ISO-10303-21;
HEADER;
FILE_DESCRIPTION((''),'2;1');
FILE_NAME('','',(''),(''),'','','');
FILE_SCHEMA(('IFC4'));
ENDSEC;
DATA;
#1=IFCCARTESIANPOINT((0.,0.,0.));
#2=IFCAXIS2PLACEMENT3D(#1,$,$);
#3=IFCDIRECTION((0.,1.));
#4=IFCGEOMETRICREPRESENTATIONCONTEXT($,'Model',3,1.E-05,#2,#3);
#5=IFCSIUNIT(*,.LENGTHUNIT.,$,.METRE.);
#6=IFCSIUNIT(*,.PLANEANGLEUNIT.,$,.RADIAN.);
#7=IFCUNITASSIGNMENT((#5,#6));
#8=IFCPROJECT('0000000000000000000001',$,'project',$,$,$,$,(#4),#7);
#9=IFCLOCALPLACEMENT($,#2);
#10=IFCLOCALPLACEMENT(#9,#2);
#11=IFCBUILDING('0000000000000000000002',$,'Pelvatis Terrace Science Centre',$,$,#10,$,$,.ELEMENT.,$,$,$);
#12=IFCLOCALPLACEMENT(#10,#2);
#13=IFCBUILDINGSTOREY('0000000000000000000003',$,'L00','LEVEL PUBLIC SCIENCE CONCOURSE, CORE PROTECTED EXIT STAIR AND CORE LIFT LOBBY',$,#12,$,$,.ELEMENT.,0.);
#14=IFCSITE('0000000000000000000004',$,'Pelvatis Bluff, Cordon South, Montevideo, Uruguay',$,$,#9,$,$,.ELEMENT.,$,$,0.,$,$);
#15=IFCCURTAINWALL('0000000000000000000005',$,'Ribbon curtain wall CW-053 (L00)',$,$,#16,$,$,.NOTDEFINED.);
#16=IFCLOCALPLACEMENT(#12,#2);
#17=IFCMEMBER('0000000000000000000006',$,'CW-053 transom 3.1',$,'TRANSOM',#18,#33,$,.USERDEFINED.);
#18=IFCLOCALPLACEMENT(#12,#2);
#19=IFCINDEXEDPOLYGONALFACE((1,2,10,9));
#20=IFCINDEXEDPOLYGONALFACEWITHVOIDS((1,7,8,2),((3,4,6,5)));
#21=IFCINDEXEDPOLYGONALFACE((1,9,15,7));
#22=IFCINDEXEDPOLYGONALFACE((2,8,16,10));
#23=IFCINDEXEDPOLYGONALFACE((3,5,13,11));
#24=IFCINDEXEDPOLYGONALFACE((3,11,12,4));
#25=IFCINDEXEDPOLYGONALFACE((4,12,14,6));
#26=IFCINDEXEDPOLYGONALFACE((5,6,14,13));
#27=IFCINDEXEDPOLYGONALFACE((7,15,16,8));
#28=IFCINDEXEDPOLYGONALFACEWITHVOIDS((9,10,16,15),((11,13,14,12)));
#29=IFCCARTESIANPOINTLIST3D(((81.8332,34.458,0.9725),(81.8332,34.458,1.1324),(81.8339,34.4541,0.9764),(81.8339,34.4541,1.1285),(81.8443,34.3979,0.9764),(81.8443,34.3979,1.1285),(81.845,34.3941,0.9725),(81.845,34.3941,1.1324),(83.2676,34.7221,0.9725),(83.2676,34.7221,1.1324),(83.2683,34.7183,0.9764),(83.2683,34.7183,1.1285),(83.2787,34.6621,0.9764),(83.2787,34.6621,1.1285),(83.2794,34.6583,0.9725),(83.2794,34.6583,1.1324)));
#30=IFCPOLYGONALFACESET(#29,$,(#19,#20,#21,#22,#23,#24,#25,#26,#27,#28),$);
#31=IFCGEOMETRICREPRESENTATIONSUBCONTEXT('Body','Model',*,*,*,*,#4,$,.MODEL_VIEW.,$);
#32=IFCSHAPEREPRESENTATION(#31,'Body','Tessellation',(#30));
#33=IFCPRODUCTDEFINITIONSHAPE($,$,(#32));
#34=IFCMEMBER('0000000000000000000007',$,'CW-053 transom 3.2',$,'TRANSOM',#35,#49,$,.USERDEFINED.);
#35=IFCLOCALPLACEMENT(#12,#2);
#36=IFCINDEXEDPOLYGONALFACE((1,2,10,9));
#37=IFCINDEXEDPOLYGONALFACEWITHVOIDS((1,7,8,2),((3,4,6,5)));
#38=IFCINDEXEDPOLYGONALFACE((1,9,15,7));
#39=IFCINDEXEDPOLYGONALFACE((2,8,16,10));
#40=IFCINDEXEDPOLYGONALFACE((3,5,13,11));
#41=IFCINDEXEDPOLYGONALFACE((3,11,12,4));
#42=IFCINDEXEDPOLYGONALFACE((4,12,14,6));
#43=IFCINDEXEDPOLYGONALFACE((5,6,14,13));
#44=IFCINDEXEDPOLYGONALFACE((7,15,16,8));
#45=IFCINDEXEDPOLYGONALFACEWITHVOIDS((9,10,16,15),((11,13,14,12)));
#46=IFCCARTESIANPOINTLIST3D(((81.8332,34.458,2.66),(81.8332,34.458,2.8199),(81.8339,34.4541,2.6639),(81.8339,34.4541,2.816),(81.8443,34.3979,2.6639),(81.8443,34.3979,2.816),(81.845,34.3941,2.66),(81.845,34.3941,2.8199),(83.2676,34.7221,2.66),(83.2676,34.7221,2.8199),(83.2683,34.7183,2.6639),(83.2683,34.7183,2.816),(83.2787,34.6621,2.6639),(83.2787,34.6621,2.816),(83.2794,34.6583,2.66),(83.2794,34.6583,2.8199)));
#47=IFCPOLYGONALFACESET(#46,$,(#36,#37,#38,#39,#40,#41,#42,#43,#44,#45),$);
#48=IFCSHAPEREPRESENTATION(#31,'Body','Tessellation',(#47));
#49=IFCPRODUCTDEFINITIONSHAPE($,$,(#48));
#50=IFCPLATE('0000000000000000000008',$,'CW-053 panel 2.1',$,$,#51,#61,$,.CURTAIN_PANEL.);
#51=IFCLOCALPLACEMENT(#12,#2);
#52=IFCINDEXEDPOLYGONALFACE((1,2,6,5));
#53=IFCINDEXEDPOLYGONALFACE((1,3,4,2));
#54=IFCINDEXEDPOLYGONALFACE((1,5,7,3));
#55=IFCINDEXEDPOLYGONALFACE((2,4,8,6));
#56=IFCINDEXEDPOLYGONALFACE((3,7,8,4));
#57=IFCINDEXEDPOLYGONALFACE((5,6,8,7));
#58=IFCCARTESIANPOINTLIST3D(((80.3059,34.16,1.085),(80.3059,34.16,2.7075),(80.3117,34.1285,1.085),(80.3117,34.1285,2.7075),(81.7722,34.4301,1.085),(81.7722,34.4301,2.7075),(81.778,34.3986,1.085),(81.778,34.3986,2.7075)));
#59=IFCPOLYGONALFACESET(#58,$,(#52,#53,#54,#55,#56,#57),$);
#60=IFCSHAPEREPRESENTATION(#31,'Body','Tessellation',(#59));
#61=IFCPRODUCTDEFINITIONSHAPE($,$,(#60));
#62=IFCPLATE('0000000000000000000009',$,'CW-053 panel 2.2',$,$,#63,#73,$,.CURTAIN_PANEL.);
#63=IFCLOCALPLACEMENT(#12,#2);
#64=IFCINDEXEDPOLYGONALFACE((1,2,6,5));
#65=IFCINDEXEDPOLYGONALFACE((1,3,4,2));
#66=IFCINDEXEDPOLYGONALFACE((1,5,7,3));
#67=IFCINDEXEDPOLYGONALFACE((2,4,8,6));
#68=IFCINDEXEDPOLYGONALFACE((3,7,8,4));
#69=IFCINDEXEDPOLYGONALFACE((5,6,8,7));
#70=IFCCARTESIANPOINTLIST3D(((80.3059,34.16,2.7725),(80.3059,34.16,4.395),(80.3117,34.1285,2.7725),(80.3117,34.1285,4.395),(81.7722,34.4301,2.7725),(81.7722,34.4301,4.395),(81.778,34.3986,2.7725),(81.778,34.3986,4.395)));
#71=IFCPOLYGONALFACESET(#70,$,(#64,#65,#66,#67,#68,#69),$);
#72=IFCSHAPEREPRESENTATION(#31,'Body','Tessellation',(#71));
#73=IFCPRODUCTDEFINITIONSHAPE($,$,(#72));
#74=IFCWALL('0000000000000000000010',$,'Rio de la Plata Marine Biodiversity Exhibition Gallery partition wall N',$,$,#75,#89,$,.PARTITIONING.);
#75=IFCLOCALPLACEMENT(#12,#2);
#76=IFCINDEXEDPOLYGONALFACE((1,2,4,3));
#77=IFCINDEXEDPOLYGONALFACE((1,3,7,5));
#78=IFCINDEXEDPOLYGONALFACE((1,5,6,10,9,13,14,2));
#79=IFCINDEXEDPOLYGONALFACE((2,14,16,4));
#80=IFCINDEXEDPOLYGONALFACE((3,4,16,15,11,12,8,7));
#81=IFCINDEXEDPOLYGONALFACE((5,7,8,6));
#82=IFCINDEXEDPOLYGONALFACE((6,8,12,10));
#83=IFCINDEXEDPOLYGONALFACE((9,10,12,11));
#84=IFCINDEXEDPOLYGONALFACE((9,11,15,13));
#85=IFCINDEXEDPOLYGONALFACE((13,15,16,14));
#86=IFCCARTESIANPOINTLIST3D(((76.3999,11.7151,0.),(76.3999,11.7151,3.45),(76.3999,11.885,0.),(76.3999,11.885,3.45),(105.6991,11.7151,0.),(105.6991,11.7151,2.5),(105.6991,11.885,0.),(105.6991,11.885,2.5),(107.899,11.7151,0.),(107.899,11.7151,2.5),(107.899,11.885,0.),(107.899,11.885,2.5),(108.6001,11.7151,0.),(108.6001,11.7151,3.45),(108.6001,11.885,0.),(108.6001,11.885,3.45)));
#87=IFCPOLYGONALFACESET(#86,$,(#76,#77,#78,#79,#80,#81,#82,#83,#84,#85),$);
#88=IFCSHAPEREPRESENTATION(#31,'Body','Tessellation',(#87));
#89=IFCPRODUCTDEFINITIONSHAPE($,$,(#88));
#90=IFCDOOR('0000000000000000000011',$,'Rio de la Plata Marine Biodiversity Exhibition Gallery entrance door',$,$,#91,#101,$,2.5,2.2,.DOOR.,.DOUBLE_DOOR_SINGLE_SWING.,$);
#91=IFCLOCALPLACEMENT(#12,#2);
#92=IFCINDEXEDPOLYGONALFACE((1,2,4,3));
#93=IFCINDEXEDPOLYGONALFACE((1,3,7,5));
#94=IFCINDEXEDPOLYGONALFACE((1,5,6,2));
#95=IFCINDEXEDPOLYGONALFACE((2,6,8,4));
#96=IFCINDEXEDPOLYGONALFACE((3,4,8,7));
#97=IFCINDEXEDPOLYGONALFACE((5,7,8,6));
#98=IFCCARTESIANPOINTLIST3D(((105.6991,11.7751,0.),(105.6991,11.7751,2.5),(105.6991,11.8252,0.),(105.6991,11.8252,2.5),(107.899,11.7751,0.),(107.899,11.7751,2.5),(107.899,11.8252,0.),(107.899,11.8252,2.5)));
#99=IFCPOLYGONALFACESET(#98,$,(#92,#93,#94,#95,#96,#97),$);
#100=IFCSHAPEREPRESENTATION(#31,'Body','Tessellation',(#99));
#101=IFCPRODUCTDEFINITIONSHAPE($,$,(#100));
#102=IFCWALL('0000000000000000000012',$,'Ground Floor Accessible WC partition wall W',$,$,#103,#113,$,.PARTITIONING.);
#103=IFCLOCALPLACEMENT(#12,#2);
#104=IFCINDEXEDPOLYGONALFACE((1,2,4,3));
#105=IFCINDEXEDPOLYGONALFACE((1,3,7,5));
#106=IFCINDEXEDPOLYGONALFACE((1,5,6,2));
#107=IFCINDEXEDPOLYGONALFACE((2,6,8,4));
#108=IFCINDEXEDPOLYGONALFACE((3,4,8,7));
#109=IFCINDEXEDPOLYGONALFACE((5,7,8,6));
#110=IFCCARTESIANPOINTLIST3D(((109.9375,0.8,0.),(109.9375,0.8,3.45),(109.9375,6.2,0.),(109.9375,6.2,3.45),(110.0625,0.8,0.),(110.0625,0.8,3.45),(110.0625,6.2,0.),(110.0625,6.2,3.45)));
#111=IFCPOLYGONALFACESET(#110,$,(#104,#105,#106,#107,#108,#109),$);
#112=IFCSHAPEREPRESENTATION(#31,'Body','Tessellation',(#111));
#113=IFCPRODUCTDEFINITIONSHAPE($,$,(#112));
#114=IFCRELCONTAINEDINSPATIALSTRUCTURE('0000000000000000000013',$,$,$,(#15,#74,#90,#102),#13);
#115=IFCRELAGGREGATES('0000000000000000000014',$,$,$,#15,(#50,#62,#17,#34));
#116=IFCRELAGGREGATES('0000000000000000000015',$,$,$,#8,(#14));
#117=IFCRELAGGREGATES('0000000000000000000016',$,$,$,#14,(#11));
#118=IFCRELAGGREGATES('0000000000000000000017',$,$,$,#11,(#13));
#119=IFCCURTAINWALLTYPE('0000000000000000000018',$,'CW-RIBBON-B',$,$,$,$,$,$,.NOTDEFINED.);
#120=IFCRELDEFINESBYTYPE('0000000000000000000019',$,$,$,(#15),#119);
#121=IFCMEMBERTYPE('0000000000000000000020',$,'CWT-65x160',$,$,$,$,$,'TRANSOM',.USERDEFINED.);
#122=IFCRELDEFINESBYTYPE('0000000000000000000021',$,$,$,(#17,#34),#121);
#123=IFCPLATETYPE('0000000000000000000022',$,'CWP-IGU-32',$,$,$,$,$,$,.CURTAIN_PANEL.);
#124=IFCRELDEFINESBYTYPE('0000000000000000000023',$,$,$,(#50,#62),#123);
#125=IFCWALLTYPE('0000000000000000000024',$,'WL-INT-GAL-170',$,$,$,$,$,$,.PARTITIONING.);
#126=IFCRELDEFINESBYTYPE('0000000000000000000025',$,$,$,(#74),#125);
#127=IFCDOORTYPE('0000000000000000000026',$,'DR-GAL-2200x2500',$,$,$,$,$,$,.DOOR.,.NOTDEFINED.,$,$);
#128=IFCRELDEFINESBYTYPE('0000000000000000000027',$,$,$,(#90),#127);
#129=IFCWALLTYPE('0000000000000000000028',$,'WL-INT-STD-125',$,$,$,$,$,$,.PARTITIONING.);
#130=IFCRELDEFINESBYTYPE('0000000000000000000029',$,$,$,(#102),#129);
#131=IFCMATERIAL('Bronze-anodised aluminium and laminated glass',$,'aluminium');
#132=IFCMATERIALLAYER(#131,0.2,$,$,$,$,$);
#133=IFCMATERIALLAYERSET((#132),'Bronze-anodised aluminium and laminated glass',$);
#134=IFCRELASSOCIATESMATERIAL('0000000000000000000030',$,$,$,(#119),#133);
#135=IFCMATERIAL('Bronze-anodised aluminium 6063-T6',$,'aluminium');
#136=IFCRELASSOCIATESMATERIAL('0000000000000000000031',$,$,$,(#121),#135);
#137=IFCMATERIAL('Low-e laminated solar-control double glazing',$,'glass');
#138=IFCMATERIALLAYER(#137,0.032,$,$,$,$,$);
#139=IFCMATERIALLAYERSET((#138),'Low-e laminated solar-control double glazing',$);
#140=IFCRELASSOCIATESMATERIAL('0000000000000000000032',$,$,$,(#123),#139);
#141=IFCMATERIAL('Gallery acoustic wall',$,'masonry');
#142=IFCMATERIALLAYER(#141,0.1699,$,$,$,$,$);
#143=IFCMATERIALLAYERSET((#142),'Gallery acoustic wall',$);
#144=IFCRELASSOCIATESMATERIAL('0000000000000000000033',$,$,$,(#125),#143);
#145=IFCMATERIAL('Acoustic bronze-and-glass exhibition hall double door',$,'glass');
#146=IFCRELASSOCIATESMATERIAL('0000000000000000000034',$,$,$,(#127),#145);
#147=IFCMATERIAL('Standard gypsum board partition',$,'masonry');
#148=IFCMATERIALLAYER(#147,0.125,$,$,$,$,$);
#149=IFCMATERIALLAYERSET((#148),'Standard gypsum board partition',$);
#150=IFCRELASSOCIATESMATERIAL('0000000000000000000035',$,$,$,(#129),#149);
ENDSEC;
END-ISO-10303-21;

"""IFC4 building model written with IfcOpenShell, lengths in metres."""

from ifc_helpers import new_model, si_unit, direction, frame, frame_2d, origin, origin_2d, place, context, subcontext, project, spatial, rectangle, hollow_rectangle, extrude, material, layer, layer_set, material_profile, profile_set, type_object, element, fill, aggregate, save


model = new_model("IFC4")

# Units and contexts
model_context = context("Model", 3, precision=1e-05, world=origin(), true_north=direction((0.0, 1.0)))
body_context = subcontext(model_context, "Body", "Model", "MODEL_VIEW")
ifc_project = project(units=[si_unit("LENGTHUNIT", "METRE"), si_unit("PLANEANGLEUNIT", "RADIAN")], contexts=[model_context])

# Site, building, storey
site_placement = place(None, origin())
site = spatial("IfcSite", under=ifc_project, at=site_placement, Name="Pelvatis Bluff, Cordon South, Montevideo, Uruguay", CompositionType="ELEMENT", RefElevation=0.0)
building_placement = place(site_placement, origin())
building = spatial("IfcBuilding", under=site, at=building_placement, Name="Pelvatis Terrace Science Centre", CompositionType="ELEMENT")
storey_placement = place(building_placement, origin())
storey = spatial("IfcBuildingStorey", under=building, at=storey_placement, Name="L00", Description="LEVEL PUBLIC SCIENCE CONCOURSE, CORE PROTECTED EXIT STAIR AND CORE LIFT LOBBY", CompositionType="ELEMENT", Elevation=0.0)

# Curtain wall, members, plates
ifc_material_1 = material(Name="Bronze-anodised aluminium and laminated glass", Category="aluminium")
ifc_layer_1 = layer(ifc_material_1, 0.2)
ifc_layer_set_1 = layer_set([ifc_layer_1], Name="Bronze-anodised aluminium and laminated glass")
curtain_wall_type = type_object("IfcCurtainWallType", Name="CW-RIBBON-B", PredefinedType="NOTDEFINED", material=ifc_layer_set_1)
curtain_wall_placement = place(storey_placement, origin())
curtain_wall = element("IfcCurtainWall", 1, at=curtain_wall_placement, inside=storey, type_object=curtain_wall_type, Name="Ribbon curtain wall CW-053 (L00)", PredefinedType="NOTDEFINED")
ifc_material_2 = material(Name="Bronze-anodised aluminium 6063-T6", Category="aluminium")
ifc_material_profile_1 = material_profile(ifc_material_2, hollow_rectangle(XDim=0.0649, YDim=0.1599, WallThickness=0.0039, at=origin_2d()), Name="ALU-TRN 65x160")
ifc_profile_set_1 = profile_set([ifc_material_profile_1], Name="Bronze-anodised aluminium 6063-T6")
member_type_1 = type_object("IfcMemberType", Name="CWT-65x160", ElementType="TRANSOM", PredefinedType="USERDEFINED", material=ifc_profile_set_1)
member_1_placement = place(storey_placement, frame((81.8391, 34.426, 1.0525), z_axis=(0.98346, 0.181124, 0.0), x_axis=(-0.181124, 0.98346, 0.0)))
member_1 = element("IfcMember", 2, at=member_1_placement, type_object=member_type_1, Name="CW-053 transom 3.1", ObjectType="TRANSOM", PredefinedType="USERDEFINED", context=body_context, shape_type="SweptSolid", body=[
    extrude(hollow_rectangle(XDim=0.0649, YDim=0.1599, WallThickness=0.0039, at=origin_2d()), origin(), (0.0, 0.0, 1.0), 1.4585),
])
member_2_placement = place(storey_placement, frame((81.8391, 34.426, 2.74), z_axis=(0.98346, 0.181124, 0.0), x_axis=(-0.181124, 0.98346, 0.0)))
member_2 = element("IfcMember", 3, at=member_2_placement, type_object=member_type_1, Name="CW-053 transom 3.2", ObjectType="TRANSOM", PredefinedType="USERDEFINED", context=body_context, shape_type="SweptSolid", body=[
    extrude(hollow_rectangle(XDim=0.0649, YDim=0.1599, WallThickness=0.0039, at=origin_2d()), origin(), (0.0, 0.0, 1.0), 1.4585),
])
ifc_material_3 = material(Name="Low-e laminated solar-control double glazing", Category="glass")
ifc_layer_2 = layer(ifc_material_3, 0.032)
ifc_layer_set_2 = layer_set([ifc_layer_2], Name="Low-e laminated solar-control double glazing")
plate_type = type_object("IfcPlateType", Name="CWP-IGU-32", PredefinedType="CURTAIN_PANEL", material=ifc_layer_set_2)
plate_1_placement = place(storey_placement, frame((81.042, 34.2793, 1.085), z_axis=(0.0, 0.0, 1.0), x_axis=(0.983459, 0.18113, 0.0)))
plate_1 = element("IfcPlate", 4, at=plate_1_placement, type_object=plate_type, Name="CW-053 panel 2.1", PredefinedType="CURTAIN_PANEL", context=body_context, shape_type="SweptSolid", body=[
    extrude(rectangle(XDim=1.491, YDim=0.032, at=origin_2d()), origin(), (0.0, 0.0, 1.0), 1.6226),
])
plate_2_placement = place(storey_placement, frame((81.042, 34.2793, 2.7725), z_axis=(0.0, 0.0, 1.0), x_axis=(0.983459, 0.18113, 0.0)))
plate_2 = element("IfcPlate", 5, at=plate_2_placement, type_object=plate_type, Name="CW-053 panel 2.2", PredefinedType="CURTAIN_PANEL", context=body_context, shape_type="SweptSolid", body=[
    extrude(rectangle(XDim=1.491, YDim=0.032, at=origin_2d()), origin(), (0.0, 0.0, 1.0), 1.6226),
])
aggregate(curtain_wall, [plate_1, plate_2, member_1, member_2])

# Wall, opening, door
ifc_material_4 = material(Name="Gallery acoustic wall", Category="masonry")
ifc_layer_3 = layer(ifc_material_4, 0.1699)
ifc_layer_set_3 = layer_set([ifc_layer_3], Name="Gallery acoustic wall")
wall_type_1 = type_object("IfcWallType", Name="WL-INT-GAL-170", PredefinedType="PARTITIONING", material=ifc_layer_set_3)
wall_1_placement = place(storey_placement, frame((108.6001, 11.8, 0.0), z_axis=(0.0, 0.0, 1.0), x_axis=(-1.0, 0.0, 0.0)))
wall_1 = element("IfcWall", 6, at=wall_1_placement, inside=storey, type_object=wall_type_1, Name="Rio de la Plata Marine Biodiversity Exhibition Gallery partition wall N", PredefinedType="PARTITIONING", context=body_context, shape_type="SweptSolid", body=[
    extrude(rectangle(XDim=32.2002, YDim=0.1699, at=frame_2d((16.1001, 0.0))), origin(), (0.0, 0.0, 1.0), 3.45),
])
opening_placement = place(wall_1_placement, frame((0.7009, 0.0, 0.0)))
opening = element("IfcOpeningElement", 7, at=opening_placement, cuts=wall_1, PredefinedType="OPENING", context=body_context, shape_type="SweptSolid", body=[
    extrude(rectangle(XDim=2.2, YDim=2.5, at=frame_2d((1.1001, 1.25))), frame((0.0, 0.095, 0.0), z_axis=(0.0, -1.0, 0.0), x_axis=(1.0, 0.0, 0.0)), (0.0, 0.0, 1.0), 0.1899),
])
ifc_material_5 = material(Name="Acoustic bronze-and-glass exhibition hall double door", Category="glass")
door_type = type_object("IfcDoorType", Name="DR-GAL-2200x2500", OperationType="NOTDEFINED", PredefinedType="DOOR", material=ifc_material_5)
door_placement = place(opening_placement, origin())
door = element("IfcDoor", 8, at=door_placement, inside=storey, type_object=door_type, Name="Rio de la Plata Marine Biodiversity Exhibition Gallery entrance door", OperationType="DOUBLE_DOOR_SINGLE_SWING", OverallHeight=2.5, OverallWidth=2.2, PredefinedType="DOOR", context=body_context, shape_type="SweptSolid", body=[
    extrude(rectangle(XDim=2.2, YDim=2.5, at=frame_2d((1.1001, 1.25))), frame((0.0, 0.0249, 0.0), z_axis=(0.0, -1.0, 0.0), x_axis=(1.0, 0.0, 0.0)), (0.0, 0.0, 1.0), 0.05),
])
fill(opening, door)

# Wall
ifc_material_6 = material(Name="Standard gypsum board partition", Category="masonry")
ifc_layer_4 = layer(ifc_material_6, 0.125)
ifc_layer_set_4 = layer_set([ifc_layer_4], Name="Standard gypsum board partition")
wall_type_2 = type_object("IfcWallType", Name="WL-INT-STD-125", PredefinedType="PARTITIONING", material=ifc_layer_set_4)
wall_2_placement = place(storey_placement, frame((110.0, 6.2, 0.0), z_axis=(0.0, 0.0, 1.0), x_axis=(0.0, -1.0, 0.0)))
element("IfcWall", 9, at=wall_2_placement, inside=storey, type_object=wall_type_2, Name="Ground Floor Accessible WC partition wall W", PredefinedType="PARTITIONING", context=body_context, shape_type="SweptSolid", body=[
    extrude(rectangle(XDim=5.3999, YDim=0.125, at=frame_2d((2.7, 0.0))), origin(), (0.0, 0.0, 1.0), 3.45),
])

save(model, "model.ifc")
